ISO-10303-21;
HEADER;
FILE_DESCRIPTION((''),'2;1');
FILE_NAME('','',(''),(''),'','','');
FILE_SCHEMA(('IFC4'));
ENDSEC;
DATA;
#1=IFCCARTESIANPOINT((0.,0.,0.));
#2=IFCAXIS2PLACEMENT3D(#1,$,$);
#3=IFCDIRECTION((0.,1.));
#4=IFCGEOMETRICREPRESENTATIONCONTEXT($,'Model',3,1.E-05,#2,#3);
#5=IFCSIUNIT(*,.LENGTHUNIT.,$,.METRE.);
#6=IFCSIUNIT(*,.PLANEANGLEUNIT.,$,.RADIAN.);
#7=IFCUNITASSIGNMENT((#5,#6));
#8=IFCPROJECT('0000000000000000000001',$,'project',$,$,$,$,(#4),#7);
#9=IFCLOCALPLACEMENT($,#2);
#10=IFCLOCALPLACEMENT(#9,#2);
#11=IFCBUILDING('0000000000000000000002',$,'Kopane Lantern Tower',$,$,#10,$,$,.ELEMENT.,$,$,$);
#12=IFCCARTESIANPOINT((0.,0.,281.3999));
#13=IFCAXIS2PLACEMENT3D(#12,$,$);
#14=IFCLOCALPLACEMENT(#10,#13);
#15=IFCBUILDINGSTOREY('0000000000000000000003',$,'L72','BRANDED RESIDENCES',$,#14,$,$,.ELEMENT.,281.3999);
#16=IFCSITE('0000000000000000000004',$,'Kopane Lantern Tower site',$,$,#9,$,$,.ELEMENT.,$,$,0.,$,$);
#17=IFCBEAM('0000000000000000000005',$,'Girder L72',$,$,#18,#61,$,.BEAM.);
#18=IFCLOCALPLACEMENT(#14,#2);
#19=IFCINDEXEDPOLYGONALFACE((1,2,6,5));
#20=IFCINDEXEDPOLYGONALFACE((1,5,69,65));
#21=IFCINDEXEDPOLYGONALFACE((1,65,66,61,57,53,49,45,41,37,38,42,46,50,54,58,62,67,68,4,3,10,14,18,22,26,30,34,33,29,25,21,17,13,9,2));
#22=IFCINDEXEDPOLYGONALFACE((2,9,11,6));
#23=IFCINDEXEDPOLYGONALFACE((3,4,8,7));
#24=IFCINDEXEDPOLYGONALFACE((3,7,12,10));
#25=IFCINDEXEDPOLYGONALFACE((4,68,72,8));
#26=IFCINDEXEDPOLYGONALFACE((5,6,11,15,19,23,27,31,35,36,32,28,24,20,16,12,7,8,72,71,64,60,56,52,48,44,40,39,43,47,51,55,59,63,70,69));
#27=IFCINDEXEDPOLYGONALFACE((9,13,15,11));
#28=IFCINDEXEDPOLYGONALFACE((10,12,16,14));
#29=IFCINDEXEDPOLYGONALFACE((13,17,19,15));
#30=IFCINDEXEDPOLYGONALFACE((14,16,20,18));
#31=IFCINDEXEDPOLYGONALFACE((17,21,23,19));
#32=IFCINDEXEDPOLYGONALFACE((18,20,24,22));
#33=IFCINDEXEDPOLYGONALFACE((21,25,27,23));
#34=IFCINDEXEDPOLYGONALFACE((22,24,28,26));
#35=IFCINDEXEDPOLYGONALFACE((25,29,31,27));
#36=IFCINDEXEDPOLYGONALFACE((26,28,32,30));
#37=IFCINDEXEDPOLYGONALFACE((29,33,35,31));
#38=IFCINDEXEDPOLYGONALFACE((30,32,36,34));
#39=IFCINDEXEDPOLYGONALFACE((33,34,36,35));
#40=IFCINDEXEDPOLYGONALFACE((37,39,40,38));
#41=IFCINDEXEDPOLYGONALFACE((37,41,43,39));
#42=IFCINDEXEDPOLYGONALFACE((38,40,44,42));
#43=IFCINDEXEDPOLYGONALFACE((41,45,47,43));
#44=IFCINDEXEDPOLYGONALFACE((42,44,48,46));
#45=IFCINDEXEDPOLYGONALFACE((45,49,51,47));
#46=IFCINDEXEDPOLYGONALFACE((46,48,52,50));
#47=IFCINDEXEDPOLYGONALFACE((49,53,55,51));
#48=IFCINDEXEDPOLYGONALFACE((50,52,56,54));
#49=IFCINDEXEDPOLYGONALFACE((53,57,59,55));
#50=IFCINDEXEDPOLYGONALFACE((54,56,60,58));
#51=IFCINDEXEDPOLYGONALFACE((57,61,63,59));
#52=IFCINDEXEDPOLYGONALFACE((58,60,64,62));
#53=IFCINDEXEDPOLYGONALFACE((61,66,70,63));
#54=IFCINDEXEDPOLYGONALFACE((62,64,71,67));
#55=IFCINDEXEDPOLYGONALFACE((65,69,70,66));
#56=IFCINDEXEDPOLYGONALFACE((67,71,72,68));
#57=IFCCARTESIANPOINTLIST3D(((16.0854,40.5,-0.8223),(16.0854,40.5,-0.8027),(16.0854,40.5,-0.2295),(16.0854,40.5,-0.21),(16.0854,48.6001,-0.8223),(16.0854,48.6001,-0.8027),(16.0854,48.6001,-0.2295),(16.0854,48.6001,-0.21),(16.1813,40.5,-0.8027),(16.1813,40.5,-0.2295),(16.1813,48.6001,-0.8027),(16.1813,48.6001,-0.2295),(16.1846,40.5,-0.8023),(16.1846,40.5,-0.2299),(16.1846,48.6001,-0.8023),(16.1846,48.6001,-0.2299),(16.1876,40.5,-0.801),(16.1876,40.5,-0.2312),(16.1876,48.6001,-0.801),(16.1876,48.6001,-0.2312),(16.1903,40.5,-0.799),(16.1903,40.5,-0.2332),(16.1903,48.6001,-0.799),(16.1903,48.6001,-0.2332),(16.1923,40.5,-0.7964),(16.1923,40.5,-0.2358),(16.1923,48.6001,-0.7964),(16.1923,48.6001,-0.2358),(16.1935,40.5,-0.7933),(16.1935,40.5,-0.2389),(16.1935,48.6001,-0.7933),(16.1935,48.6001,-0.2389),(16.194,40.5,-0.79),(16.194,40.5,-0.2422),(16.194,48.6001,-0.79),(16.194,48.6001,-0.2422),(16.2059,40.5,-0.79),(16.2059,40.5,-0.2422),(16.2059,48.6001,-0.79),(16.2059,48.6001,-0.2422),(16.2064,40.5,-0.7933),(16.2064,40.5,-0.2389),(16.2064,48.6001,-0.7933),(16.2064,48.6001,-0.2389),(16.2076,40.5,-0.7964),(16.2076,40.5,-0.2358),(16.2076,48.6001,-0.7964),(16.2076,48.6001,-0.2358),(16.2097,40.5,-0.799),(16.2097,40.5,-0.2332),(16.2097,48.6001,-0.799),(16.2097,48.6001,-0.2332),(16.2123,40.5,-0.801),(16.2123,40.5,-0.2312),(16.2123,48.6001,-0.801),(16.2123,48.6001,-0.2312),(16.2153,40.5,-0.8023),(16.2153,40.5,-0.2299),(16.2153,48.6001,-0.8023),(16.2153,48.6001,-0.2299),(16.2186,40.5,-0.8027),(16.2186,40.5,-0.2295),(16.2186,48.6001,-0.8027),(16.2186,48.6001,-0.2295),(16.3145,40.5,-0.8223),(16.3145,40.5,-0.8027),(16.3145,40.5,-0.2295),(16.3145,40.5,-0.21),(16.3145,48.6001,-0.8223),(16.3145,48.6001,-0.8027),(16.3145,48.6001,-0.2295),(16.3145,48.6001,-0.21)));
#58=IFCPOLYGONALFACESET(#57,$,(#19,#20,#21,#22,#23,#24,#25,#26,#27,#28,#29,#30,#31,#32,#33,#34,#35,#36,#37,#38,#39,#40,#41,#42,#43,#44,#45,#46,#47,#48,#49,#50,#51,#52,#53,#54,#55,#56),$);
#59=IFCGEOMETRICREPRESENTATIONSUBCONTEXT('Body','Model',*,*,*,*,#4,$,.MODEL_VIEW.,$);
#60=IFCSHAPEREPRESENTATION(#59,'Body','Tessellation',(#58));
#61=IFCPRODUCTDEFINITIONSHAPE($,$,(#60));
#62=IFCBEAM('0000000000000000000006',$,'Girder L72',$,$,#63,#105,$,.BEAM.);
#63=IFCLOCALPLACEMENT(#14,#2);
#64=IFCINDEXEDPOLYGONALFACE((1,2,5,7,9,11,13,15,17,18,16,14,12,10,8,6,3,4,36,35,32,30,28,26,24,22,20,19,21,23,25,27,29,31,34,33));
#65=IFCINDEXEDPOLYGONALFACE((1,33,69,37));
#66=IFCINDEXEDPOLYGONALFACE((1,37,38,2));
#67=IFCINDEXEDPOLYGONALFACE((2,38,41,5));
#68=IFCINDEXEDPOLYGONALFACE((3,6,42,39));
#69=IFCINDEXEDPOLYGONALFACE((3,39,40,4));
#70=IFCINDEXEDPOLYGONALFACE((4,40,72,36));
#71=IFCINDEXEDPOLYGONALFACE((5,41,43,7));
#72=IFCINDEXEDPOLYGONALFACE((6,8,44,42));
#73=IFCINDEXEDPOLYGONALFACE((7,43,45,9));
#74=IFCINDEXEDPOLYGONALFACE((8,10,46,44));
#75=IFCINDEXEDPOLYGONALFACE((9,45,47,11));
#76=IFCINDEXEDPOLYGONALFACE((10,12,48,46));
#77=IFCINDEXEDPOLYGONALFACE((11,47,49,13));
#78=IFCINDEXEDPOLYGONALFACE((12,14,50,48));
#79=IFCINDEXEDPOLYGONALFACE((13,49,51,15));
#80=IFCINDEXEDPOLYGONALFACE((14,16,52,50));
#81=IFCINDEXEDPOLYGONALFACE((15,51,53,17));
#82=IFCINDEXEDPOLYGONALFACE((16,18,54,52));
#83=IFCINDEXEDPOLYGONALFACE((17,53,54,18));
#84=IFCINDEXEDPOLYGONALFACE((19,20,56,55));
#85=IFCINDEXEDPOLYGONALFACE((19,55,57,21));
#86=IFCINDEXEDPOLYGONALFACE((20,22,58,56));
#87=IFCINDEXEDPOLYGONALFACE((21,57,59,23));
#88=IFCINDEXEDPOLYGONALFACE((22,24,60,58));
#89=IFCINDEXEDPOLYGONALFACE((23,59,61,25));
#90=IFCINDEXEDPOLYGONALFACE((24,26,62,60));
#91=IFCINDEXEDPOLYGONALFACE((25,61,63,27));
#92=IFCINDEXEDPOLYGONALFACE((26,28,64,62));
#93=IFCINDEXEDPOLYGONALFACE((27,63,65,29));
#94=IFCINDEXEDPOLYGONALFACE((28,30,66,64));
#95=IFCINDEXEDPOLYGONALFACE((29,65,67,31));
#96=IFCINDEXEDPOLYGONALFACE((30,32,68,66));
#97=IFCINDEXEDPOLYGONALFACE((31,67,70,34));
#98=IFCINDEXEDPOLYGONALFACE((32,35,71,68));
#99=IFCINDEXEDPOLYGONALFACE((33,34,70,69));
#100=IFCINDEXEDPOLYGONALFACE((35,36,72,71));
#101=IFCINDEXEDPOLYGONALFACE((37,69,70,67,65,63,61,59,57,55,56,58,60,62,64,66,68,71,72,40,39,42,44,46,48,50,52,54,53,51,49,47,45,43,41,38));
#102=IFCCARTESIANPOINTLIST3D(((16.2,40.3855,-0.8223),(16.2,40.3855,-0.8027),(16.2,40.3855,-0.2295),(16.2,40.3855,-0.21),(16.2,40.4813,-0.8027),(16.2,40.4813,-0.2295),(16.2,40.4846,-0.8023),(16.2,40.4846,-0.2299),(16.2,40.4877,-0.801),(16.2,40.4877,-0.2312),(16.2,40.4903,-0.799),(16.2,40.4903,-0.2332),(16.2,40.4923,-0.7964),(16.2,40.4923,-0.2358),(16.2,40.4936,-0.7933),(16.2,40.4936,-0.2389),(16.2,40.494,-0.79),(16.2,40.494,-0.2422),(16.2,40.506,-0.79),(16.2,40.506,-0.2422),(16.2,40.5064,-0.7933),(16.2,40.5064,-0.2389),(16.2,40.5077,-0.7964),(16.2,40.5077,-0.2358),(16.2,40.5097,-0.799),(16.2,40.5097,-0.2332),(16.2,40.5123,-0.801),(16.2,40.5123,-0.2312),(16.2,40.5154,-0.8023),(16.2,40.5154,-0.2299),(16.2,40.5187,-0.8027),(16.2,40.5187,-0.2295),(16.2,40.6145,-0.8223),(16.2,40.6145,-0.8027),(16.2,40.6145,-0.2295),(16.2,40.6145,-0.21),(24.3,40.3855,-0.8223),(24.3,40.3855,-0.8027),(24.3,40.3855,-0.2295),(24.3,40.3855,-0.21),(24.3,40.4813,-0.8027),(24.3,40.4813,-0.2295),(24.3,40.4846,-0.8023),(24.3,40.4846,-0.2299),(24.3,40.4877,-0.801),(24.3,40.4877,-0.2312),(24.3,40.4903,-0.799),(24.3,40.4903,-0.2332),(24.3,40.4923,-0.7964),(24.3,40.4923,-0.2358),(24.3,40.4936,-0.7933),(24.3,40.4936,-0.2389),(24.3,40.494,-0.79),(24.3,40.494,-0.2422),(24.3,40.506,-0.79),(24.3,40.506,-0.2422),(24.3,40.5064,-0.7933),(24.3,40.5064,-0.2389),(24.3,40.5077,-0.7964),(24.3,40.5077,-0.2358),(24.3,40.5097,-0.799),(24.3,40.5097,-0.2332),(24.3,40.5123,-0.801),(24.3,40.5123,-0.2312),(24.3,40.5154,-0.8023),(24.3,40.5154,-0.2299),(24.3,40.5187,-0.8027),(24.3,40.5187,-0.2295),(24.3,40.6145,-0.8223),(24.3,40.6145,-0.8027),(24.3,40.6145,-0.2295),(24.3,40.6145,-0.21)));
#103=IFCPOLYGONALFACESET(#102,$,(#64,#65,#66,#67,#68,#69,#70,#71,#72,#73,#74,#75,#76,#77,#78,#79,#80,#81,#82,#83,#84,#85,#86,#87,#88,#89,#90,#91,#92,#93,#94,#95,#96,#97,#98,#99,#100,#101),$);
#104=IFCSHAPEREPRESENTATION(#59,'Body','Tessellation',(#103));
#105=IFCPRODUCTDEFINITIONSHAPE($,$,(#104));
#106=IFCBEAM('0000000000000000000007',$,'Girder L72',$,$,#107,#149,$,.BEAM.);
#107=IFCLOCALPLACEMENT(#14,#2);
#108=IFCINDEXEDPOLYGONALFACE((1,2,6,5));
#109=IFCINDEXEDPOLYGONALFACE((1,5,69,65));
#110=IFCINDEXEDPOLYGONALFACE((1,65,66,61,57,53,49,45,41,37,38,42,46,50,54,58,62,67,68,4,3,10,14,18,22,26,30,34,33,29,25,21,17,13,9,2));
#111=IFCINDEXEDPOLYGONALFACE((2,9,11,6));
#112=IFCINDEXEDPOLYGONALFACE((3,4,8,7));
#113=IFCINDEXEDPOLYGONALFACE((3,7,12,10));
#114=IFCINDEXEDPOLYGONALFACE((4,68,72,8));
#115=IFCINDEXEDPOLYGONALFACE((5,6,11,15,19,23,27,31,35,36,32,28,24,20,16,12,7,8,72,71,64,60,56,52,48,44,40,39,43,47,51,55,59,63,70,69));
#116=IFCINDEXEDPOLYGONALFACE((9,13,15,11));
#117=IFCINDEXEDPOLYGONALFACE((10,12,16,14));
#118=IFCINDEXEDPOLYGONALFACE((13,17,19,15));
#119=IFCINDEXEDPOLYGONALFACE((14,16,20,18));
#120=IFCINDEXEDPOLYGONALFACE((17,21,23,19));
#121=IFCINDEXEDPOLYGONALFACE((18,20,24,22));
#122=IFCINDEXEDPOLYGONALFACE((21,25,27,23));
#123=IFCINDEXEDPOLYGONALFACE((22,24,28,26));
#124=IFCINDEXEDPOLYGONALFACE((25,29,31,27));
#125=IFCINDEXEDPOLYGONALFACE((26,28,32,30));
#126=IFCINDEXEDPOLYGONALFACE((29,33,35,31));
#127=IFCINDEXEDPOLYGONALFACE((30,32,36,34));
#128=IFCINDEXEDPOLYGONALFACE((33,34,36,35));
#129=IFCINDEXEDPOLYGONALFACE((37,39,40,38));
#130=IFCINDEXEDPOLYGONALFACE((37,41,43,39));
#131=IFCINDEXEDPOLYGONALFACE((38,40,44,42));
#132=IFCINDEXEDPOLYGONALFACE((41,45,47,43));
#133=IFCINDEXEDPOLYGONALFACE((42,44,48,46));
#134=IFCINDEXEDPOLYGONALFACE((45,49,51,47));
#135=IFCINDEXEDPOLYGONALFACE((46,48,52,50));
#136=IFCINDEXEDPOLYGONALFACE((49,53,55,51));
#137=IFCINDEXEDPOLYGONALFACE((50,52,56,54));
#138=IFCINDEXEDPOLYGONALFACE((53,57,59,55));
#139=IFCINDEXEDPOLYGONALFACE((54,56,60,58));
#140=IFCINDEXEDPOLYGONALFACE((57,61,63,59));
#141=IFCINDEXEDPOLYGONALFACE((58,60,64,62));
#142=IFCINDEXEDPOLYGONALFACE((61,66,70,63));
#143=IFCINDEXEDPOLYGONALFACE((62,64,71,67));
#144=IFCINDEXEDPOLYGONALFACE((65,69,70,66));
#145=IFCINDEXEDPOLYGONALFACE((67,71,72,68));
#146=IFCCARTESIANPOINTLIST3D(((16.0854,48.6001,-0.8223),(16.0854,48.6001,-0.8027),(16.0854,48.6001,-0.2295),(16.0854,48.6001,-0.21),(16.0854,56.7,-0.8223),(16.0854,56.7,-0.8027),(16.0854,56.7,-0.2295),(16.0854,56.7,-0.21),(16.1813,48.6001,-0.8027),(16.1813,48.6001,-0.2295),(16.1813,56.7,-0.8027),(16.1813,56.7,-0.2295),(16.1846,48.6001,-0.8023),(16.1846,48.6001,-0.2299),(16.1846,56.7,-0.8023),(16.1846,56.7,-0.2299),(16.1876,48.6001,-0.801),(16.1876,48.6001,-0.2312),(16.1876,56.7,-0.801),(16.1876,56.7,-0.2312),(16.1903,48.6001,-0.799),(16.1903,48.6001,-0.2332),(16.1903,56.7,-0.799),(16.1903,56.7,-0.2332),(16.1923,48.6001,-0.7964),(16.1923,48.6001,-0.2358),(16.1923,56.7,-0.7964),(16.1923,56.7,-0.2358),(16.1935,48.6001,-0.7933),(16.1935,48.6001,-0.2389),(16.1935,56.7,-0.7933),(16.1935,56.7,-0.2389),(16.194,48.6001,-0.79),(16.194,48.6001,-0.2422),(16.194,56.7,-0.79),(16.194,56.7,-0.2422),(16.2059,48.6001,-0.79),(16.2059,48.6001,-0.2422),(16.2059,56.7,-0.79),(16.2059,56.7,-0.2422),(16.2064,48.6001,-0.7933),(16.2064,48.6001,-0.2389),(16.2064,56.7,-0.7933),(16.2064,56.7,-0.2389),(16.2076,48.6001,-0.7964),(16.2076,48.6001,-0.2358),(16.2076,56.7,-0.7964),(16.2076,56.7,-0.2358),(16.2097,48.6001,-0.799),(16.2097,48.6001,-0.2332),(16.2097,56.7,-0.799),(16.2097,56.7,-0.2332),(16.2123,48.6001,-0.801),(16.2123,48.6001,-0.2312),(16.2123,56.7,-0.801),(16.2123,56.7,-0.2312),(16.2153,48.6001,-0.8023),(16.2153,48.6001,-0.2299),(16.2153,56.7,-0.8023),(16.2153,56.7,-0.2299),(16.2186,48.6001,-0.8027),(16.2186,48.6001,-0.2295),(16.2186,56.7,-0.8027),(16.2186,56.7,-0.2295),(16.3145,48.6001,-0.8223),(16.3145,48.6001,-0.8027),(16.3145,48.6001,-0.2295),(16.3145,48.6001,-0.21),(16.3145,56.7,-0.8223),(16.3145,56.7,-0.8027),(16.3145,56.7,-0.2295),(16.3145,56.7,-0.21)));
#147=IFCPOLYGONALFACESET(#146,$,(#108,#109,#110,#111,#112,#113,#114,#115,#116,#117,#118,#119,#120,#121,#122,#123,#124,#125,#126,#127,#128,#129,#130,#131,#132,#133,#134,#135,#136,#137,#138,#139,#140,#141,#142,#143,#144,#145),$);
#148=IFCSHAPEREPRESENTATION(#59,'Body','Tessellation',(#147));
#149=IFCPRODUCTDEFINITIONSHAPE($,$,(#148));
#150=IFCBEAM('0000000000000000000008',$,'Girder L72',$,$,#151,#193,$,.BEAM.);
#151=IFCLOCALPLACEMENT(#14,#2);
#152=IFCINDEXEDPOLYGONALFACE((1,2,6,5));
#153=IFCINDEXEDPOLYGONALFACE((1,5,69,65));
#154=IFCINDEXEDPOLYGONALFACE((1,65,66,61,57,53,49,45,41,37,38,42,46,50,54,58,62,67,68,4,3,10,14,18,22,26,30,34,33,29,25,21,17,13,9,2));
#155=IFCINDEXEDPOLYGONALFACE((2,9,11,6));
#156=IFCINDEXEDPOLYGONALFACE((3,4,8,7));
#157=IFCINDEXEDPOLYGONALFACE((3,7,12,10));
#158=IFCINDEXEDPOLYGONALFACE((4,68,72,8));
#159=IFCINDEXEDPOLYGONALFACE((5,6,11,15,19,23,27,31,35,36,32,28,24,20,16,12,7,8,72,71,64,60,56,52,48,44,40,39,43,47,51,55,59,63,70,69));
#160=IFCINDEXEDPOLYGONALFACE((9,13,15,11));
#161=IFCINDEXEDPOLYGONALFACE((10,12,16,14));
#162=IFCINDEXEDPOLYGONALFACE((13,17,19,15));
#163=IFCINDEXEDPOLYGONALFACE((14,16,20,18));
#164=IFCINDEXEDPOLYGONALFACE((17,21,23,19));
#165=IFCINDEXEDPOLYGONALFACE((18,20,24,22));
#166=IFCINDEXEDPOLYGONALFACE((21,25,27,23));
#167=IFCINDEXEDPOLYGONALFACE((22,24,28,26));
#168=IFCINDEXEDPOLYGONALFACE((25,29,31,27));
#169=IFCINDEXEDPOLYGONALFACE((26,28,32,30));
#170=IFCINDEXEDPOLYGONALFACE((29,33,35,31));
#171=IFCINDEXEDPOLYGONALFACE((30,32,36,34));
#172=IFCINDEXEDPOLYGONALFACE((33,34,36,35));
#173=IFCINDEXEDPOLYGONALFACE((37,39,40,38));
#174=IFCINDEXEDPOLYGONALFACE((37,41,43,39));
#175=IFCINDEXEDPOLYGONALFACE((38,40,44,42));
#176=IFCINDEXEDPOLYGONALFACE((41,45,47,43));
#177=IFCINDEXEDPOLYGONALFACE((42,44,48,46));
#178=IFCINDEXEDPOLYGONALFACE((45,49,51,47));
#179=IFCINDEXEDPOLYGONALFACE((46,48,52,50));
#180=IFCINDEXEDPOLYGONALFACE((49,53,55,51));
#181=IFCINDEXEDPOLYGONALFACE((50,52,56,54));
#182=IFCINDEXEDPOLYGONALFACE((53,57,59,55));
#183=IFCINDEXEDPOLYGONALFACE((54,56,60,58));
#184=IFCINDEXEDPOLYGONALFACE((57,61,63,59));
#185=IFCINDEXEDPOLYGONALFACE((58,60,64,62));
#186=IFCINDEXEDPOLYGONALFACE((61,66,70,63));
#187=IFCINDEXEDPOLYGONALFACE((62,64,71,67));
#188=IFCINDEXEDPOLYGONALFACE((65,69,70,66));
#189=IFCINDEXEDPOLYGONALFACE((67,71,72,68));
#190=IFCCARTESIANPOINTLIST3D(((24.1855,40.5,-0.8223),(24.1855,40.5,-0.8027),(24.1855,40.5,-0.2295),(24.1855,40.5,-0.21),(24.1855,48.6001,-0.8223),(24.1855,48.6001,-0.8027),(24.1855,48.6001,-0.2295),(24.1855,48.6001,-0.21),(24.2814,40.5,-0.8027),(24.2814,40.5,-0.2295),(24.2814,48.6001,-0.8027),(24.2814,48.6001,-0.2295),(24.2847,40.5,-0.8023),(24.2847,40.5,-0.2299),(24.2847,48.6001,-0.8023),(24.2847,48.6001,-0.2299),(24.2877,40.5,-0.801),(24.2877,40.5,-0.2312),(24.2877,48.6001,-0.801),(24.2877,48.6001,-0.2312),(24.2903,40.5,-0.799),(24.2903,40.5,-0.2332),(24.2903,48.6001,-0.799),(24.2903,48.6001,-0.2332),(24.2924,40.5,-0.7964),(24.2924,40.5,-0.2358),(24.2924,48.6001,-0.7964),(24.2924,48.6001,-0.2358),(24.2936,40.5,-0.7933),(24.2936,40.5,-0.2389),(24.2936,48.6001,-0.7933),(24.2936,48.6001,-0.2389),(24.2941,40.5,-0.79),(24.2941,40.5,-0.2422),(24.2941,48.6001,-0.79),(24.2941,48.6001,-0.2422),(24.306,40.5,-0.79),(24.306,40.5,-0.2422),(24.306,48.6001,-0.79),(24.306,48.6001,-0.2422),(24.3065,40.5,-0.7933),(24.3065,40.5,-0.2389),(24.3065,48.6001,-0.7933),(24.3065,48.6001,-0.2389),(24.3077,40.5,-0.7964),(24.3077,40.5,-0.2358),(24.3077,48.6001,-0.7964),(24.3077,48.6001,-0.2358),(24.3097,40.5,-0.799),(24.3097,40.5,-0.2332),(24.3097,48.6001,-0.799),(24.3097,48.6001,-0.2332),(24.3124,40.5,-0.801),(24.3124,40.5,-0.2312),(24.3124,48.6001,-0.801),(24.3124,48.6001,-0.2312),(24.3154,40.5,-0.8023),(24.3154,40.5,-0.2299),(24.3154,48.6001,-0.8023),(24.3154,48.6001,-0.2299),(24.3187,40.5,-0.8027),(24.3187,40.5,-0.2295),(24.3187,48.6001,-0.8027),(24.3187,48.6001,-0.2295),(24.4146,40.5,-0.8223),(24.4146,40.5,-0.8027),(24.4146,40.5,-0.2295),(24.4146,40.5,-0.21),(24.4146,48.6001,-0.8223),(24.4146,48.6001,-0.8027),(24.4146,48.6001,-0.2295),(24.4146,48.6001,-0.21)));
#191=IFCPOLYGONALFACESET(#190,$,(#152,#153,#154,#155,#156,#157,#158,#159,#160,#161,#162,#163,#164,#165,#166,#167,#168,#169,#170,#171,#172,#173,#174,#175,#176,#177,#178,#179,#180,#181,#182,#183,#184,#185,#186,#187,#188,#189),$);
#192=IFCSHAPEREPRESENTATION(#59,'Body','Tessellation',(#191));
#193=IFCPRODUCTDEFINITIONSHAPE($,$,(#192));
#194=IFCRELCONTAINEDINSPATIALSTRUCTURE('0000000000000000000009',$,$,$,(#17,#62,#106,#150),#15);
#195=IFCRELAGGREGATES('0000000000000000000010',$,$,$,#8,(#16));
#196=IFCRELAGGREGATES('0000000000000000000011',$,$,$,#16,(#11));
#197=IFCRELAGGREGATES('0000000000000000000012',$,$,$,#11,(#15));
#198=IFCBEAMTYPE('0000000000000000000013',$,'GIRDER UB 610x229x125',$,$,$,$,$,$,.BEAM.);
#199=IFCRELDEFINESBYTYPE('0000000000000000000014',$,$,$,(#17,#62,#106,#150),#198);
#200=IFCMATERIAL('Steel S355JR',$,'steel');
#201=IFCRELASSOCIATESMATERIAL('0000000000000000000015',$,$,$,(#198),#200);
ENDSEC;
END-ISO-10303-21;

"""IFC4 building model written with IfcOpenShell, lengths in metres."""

from ifc_helpers import new_model, si_unit, direction, frame, origin, origin_2d, place, context, subcontext, project, spatial, i_section, extrude, material, material_profile, profile_set, type_object, element, save


model = new_model("IFC4")

# Units and contexts
model_context = context("Model", 3, precision=1e-05, world=origin(), true_north=direction((0.0, 1.0)))
body_context = subcontext(model_context, "Body", "Model", "MODEL_VIEW")
ifc_project = project(units=[si_unit("LENGTHUNIT", "METRE"), si_unit("PLANEANGLEUNIT", "RADIAN")], contexts=[model_context])

# Site, building, storey
site_placement = place(None, origin())
site = spatial("IfcSite", under=ifc_project, at=site_placement, Name="Kopane Lantern Tower site", CompositionType="ELEMENT", RefElevation=0.0)
building_placement = place(site_placement, origin())
building = spatial("IfcBuilding", under=site, at=building_placement, Name="Kopane Lantern Tower", CompositionType="ELEMENT")
storey_placement = place(building_placement, frame((0.0, 0.0, 281.3999)))
storey = spatial("IfcBuildingStorey", under=building, at=storey_placement, Name="L72", Description="BRANDED RESIDENCES", CompositionType="ELEMENT", Elevation=281.3999)

# Beams
ifc_material_1 = material(Name="Steel S355JR", Category="steel")
ifc_material_profile_1 = material_profile(ifc_material_1, i_section(OverallWidth=0.229, OverallDepth=0.6123, WebThickness=0.012, FlangeThickness=0.0195, FilletRadius=0.0127, at=origin_2d()), Name="UB 610x229x125")
ifc_profile_set_1 = profile_set([ifc_material_profile_1], Name="Steel S355JR")
beam_type_1 = type_object("IfcBeamType", Name="GIRDER UB 610x229x125", PredefinedType="BEAM", material=ifc_profile_set_1)
for number, where, z_axis, x_axis, name in (
    (1, (16.2, 40.5, -0.5161), (0.0, 1.0, 0.0), (-1.0, 0.0, 0.0), "Girder L72"),
    (2, (16.2, 40.5, -0.5161), (1.0, 0.0, 0.0), (0.0, 1.0, 0.0), "Girder L72"),
):
    element("IfcBeam", number, at=place(storey_placement, frame(where, z_axis=z_axis, x_axis=x_axis)), inside=storey, type_object=beam_type_1, Name=name, PredefinedType="BEAM", context=body_context, shape_type="SweptSolid", body=[
        extrude(i_section(OverallWidth=0.229, OverallDepth=0.6123, WebThickness=0.012, FlangeThickness=0.0195, FilletRadius=0.0127, at=origin_2d()), origin(), (0.0, 0.0, 1.0), 8.1001),
    ])
beam_1_placement = place(storey_placement, frame((16.2, 48.6001, -0.5161), z_axis=(0.0, 1.0, 0.0), x_axis=(-1.0, 0.0, 0.0)))
element("IfcBeam", 3, at=beam_1_placement, inside=storey, type_object=beam_type_1, Name="Girder L72", PredefinedType="BEAM", context=body_context, shape_type="SweptSolid", body=[
    extrude(i_section(OverallWidth=0.229, OverallDepth=0.6123, WebThickness=0.012, FlangeThickness=0.0195, FilletRadius=0.0127, at=origin_2d()), origin(), (0.0, 0.0, 1.0), 8.0999),
])
beam_2_placement = place(storey_placement, frame((24.3, 40.5, -0.5161), z_axis=(0.0, 1.0, 0.0), x_axis=(-1.0, 0.0, 0.0)))
element("IfcBeam", 4, at=beam_2_placement, inside=storey, type_object=beam_type_1, Name="Girder L72", PredefinedType="BEAM", context=body_context, shape_type="SweptSolid", body=[
    extrude(i_section(OverallWidth=0.229, OverallDepth=0.6123, WebThickness=0.012, FlangeThickness=0.0195, FilletRadius=0.0127, at=origin_2d()), origin(), (0.0, 0.0, 1.0), 8.1001),
])

save(model, "model.ifc")
